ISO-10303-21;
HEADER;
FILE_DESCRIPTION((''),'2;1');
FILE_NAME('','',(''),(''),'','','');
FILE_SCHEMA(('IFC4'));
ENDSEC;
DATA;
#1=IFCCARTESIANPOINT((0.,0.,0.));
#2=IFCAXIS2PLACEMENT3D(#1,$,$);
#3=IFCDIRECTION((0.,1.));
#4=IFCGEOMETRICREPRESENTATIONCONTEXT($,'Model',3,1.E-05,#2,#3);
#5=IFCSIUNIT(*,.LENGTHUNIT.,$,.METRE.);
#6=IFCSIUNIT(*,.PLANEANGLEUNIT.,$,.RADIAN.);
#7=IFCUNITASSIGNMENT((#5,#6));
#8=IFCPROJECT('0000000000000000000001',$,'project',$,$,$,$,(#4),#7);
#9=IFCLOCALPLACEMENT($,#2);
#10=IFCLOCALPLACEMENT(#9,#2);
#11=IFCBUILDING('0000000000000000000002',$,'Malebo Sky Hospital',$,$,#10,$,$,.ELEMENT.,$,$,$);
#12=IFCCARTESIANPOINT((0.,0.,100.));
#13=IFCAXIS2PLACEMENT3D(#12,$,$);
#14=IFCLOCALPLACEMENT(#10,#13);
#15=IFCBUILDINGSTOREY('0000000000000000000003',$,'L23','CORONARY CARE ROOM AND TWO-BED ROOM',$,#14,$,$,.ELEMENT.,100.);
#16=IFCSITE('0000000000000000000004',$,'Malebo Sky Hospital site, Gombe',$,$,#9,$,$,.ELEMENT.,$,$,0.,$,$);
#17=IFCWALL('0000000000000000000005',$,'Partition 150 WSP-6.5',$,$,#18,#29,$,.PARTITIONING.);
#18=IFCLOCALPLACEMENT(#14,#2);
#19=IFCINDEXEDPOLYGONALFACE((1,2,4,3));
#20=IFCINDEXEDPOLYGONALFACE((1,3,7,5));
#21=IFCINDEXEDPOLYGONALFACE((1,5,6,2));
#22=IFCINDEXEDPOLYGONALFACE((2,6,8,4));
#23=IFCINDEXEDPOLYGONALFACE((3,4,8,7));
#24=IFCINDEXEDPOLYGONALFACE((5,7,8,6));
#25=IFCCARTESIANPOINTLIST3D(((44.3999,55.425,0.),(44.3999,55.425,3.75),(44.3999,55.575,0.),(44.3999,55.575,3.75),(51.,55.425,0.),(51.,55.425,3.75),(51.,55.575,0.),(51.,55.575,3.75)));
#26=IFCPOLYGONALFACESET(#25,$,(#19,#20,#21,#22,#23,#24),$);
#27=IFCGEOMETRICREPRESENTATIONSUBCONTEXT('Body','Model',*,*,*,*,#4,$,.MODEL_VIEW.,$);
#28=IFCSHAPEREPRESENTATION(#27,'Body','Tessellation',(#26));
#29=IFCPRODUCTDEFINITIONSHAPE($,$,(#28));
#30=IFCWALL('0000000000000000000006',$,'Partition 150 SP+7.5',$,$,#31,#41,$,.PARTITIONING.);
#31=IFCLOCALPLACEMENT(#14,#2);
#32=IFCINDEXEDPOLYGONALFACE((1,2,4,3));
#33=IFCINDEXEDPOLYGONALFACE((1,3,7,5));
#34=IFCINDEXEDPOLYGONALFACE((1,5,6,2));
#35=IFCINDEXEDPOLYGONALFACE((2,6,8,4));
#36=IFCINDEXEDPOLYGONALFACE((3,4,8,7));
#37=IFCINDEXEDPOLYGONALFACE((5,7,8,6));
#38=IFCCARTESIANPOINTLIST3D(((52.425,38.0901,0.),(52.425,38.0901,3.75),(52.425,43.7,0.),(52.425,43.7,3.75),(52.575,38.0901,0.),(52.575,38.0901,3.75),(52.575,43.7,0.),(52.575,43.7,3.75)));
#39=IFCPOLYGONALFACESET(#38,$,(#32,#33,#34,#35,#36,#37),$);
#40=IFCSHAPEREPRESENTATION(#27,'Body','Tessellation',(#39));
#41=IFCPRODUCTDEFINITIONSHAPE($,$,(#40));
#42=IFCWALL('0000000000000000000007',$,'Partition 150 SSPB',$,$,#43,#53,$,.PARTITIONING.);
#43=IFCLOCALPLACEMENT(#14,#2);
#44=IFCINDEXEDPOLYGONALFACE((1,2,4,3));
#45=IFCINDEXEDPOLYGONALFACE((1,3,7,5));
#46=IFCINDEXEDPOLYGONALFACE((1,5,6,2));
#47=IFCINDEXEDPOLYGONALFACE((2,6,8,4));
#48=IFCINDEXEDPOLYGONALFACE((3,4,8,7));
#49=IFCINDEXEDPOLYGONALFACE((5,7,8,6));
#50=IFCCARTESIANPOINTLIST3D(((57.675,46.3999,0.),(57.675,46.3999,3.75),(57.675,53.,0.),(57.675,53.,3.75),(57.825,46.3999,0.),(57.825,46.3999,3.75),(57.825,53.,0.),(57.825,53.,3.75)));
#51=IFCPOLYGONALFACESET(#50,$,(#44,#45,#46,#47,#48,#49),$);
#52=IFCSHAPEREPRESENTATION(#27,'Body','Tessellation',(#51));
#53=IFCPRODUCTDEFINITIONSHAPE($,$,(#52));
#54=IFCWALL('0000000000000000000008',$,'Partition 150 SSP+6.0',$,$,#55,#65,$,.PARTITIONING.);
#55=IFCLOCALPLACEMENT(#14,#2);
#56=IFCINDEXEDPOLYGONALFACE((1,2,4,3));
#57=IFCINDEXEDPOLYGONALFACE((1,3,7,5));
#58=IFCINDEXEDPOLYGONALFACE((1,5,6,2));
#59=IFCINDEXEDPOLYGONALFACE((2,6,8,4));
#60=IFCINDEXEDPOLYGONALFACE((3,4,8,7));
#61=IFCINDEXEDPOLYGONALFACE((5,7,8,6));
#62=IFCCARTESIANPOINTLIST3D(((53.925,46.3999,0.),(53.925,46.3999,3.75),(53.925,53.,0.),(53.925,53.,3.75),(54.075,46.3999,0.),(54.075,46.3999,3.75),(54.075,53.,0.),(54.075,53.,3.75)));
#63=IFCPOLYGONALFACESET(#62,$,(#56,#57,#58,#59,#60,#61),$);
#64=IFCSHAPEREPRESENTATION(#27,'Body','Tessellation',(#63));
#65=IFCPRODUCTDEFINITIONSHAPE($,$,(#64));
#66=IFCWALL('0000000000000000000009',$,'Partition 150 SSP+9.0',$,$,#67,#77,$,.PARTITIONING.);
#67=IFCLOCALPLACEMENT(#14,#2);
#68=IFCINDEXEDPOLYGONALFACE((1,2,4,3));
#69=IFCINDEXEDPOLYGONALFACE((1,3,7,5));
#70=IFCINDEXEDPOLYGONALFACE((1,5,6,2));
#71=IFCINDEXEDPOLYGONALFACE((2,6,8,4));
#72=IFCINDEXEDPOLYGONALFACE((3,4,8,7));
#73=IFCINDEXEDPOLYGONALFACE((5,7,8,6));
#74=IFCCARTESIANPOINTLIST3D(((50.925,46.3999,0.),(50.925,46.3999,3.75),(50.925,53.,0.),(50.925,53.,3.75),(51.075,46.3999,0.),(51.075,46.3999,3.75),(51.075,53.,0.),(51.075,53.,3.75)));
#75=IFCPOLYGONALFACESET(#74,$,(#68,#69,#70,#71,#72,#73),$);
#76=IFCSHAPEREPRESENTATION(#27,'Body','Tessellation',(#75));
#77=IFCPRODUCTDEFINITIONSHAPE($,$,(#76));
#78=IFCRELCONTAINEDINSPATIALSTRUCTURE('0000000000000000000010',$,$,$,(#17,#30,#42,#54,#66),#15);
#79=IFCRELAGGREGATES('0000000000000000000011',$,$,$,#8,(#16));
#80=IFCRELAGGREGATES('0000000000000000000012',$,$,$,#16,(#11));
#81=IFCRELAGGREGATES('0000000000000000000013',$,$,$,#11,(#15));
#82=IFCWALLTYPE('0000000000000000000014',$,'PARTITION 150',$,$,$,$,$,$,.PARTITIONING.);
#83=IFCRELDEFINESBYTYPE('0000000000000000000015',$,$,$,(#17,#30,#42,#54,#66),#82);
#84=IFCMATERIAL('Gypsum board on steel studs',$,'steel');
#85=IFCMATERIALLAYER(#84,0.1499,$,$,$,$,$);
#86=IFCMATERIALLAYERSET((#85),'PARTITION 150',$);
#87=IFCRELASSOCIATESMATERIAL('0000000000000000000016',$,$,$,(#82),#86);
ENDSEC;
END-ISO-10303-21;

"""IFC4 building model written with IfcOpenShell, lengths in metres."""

from ifc_helpers import new_model, si_unit, direction, frame, frame_2d, origin, place, context, subcontext, project, spatial, rectangle, extrude, material, layer, layer_set, type_object, element, save


model = new_model("IFC4")

# Units and contexts
model_context = context("Model", 3, precision=1e-05, world=origin(), true_north=direction((0.0, 1.0)))
body_context = subcontext(model_context, "Body", "Model", "MODEL_VIEW")
ifc_project = project(units=[si_unit("LENGTHUNIT", "METRE"), si_unit("PLANEANGLEUNIT", "RADIAN")], contexts=[model_context])

# Site, building, storey
site_placement = place(None, origin())
site = spatial("IfcSite", under=ifc_project, at=site_placement, Name="Malebo Sky Hospital site, Gombe", CompositionType="ELEMENT", RefElevation=0.0)
building_placement = place(site_placement, origin())
building = spatial("IfcBuilding", under=site, at=building_placement, Name="Malebo Sky Hospital", CompositionType="ELEMENT")
storey_placement = place(building_placement, frame((0.0, 0.0, 100.0)))
storey = spatial("IfcBuildingStorey", under=building, at=storey_placement, Name="L23", Description="CORONARY CARE ROOM AND TWO-BED ROOM", CompositionType="ELEMENT", Elevation=100.0)

# Shared definitions
ifc_material_1 = material(Name="Gypsum board on steel studs", Category="steel")

# Shared definitions
ifc_layer_1 = layer(ifc_material_1, 0.1499)
ifc_layer_set_1 = layer_set([ifc_layer_1], Name="PARTITION 150")
wall_type_1 = type_object("IfcWallType", Name="PARTITION 150", PredefinedType="PARTITIONING", material=ifc_layer_set_1)

# Walls
wall_1_placement = place(storey_placement, frame((51.0, 55.5, 0.0), z_axis=(0.0, 0.0, 1.0), x_axis=(-1.0, 0.0, 0.0)))
element("IfcWall", 1, at=wall_1_placement, inside=storey, type_object=wall_type_1, Name="Partition 150 WSP-6.5", PredefinedType="PARTITIONING", context=body_context, shape_type="SweptSolid", body=[
    extrude(rectangle(XDim=6.6001, YDim=0.1499, at=frame_2d((3.3, 0.0))), origin(), (0.0, 0.0, 1.0), 3.75),
])
wall_2_placement = place(storey_placement, frame((52.5, 43.7, 0.0), z_axis=(0.0, 0.0, 1.0), x_axis=(0.0, -1.0, 0.0)))
element("IfcWall", 2, at=wall_2_placement, inside=storey, type_object=wall_type_1, Name="Partition 150 SP+7.5", PredefinedType="PARTITIONING", context=body_context, shape_type="SweptSolid", body=[
    extrude(rectangle(XDim=5.6099, YDim=0.1499, at=frame_2d((2.8049, 0.0))), origin(), (0.0, 0.0, 1.0), 3.75),
])
for number, where, z_axis, x_axis, name in (
    (3, (57.75, 53.0, 0.0), (0.0, 0.0, 1.0), (0.0, -1.0, 0.0), "Partition 150 SSPB"),
    (4, (54.0, 53.0, 0.0), (0.0, 0.0, 1.0), (0.0, -1.0, 0.0), "Partition 150 SSP+6.0"),
    (5, (51.0, 53.0, 0.0), (0.0, 0.0, 1.0), (0.0, -1.0, 0.0), "Partition 150 SSP+9.0"),
):
    element("IfcWall", number, at=place(storey_placement, frame(where, z_axis=z_axis, x_axis=x_axis)), inside=storey, type_object=wall_type_1, Name=name, PredefinedType="PARTITIONING", context=body_context, shape_type="SweptSolid", body=[
        extrude(rectangle(XDim=6.6001, YDim=0.1499, at=frame_2d((3.3, 0.0))), origin(), (0.0, 0.0, 1.0), 3.75),
    ])

save(model, "model.ifc")
